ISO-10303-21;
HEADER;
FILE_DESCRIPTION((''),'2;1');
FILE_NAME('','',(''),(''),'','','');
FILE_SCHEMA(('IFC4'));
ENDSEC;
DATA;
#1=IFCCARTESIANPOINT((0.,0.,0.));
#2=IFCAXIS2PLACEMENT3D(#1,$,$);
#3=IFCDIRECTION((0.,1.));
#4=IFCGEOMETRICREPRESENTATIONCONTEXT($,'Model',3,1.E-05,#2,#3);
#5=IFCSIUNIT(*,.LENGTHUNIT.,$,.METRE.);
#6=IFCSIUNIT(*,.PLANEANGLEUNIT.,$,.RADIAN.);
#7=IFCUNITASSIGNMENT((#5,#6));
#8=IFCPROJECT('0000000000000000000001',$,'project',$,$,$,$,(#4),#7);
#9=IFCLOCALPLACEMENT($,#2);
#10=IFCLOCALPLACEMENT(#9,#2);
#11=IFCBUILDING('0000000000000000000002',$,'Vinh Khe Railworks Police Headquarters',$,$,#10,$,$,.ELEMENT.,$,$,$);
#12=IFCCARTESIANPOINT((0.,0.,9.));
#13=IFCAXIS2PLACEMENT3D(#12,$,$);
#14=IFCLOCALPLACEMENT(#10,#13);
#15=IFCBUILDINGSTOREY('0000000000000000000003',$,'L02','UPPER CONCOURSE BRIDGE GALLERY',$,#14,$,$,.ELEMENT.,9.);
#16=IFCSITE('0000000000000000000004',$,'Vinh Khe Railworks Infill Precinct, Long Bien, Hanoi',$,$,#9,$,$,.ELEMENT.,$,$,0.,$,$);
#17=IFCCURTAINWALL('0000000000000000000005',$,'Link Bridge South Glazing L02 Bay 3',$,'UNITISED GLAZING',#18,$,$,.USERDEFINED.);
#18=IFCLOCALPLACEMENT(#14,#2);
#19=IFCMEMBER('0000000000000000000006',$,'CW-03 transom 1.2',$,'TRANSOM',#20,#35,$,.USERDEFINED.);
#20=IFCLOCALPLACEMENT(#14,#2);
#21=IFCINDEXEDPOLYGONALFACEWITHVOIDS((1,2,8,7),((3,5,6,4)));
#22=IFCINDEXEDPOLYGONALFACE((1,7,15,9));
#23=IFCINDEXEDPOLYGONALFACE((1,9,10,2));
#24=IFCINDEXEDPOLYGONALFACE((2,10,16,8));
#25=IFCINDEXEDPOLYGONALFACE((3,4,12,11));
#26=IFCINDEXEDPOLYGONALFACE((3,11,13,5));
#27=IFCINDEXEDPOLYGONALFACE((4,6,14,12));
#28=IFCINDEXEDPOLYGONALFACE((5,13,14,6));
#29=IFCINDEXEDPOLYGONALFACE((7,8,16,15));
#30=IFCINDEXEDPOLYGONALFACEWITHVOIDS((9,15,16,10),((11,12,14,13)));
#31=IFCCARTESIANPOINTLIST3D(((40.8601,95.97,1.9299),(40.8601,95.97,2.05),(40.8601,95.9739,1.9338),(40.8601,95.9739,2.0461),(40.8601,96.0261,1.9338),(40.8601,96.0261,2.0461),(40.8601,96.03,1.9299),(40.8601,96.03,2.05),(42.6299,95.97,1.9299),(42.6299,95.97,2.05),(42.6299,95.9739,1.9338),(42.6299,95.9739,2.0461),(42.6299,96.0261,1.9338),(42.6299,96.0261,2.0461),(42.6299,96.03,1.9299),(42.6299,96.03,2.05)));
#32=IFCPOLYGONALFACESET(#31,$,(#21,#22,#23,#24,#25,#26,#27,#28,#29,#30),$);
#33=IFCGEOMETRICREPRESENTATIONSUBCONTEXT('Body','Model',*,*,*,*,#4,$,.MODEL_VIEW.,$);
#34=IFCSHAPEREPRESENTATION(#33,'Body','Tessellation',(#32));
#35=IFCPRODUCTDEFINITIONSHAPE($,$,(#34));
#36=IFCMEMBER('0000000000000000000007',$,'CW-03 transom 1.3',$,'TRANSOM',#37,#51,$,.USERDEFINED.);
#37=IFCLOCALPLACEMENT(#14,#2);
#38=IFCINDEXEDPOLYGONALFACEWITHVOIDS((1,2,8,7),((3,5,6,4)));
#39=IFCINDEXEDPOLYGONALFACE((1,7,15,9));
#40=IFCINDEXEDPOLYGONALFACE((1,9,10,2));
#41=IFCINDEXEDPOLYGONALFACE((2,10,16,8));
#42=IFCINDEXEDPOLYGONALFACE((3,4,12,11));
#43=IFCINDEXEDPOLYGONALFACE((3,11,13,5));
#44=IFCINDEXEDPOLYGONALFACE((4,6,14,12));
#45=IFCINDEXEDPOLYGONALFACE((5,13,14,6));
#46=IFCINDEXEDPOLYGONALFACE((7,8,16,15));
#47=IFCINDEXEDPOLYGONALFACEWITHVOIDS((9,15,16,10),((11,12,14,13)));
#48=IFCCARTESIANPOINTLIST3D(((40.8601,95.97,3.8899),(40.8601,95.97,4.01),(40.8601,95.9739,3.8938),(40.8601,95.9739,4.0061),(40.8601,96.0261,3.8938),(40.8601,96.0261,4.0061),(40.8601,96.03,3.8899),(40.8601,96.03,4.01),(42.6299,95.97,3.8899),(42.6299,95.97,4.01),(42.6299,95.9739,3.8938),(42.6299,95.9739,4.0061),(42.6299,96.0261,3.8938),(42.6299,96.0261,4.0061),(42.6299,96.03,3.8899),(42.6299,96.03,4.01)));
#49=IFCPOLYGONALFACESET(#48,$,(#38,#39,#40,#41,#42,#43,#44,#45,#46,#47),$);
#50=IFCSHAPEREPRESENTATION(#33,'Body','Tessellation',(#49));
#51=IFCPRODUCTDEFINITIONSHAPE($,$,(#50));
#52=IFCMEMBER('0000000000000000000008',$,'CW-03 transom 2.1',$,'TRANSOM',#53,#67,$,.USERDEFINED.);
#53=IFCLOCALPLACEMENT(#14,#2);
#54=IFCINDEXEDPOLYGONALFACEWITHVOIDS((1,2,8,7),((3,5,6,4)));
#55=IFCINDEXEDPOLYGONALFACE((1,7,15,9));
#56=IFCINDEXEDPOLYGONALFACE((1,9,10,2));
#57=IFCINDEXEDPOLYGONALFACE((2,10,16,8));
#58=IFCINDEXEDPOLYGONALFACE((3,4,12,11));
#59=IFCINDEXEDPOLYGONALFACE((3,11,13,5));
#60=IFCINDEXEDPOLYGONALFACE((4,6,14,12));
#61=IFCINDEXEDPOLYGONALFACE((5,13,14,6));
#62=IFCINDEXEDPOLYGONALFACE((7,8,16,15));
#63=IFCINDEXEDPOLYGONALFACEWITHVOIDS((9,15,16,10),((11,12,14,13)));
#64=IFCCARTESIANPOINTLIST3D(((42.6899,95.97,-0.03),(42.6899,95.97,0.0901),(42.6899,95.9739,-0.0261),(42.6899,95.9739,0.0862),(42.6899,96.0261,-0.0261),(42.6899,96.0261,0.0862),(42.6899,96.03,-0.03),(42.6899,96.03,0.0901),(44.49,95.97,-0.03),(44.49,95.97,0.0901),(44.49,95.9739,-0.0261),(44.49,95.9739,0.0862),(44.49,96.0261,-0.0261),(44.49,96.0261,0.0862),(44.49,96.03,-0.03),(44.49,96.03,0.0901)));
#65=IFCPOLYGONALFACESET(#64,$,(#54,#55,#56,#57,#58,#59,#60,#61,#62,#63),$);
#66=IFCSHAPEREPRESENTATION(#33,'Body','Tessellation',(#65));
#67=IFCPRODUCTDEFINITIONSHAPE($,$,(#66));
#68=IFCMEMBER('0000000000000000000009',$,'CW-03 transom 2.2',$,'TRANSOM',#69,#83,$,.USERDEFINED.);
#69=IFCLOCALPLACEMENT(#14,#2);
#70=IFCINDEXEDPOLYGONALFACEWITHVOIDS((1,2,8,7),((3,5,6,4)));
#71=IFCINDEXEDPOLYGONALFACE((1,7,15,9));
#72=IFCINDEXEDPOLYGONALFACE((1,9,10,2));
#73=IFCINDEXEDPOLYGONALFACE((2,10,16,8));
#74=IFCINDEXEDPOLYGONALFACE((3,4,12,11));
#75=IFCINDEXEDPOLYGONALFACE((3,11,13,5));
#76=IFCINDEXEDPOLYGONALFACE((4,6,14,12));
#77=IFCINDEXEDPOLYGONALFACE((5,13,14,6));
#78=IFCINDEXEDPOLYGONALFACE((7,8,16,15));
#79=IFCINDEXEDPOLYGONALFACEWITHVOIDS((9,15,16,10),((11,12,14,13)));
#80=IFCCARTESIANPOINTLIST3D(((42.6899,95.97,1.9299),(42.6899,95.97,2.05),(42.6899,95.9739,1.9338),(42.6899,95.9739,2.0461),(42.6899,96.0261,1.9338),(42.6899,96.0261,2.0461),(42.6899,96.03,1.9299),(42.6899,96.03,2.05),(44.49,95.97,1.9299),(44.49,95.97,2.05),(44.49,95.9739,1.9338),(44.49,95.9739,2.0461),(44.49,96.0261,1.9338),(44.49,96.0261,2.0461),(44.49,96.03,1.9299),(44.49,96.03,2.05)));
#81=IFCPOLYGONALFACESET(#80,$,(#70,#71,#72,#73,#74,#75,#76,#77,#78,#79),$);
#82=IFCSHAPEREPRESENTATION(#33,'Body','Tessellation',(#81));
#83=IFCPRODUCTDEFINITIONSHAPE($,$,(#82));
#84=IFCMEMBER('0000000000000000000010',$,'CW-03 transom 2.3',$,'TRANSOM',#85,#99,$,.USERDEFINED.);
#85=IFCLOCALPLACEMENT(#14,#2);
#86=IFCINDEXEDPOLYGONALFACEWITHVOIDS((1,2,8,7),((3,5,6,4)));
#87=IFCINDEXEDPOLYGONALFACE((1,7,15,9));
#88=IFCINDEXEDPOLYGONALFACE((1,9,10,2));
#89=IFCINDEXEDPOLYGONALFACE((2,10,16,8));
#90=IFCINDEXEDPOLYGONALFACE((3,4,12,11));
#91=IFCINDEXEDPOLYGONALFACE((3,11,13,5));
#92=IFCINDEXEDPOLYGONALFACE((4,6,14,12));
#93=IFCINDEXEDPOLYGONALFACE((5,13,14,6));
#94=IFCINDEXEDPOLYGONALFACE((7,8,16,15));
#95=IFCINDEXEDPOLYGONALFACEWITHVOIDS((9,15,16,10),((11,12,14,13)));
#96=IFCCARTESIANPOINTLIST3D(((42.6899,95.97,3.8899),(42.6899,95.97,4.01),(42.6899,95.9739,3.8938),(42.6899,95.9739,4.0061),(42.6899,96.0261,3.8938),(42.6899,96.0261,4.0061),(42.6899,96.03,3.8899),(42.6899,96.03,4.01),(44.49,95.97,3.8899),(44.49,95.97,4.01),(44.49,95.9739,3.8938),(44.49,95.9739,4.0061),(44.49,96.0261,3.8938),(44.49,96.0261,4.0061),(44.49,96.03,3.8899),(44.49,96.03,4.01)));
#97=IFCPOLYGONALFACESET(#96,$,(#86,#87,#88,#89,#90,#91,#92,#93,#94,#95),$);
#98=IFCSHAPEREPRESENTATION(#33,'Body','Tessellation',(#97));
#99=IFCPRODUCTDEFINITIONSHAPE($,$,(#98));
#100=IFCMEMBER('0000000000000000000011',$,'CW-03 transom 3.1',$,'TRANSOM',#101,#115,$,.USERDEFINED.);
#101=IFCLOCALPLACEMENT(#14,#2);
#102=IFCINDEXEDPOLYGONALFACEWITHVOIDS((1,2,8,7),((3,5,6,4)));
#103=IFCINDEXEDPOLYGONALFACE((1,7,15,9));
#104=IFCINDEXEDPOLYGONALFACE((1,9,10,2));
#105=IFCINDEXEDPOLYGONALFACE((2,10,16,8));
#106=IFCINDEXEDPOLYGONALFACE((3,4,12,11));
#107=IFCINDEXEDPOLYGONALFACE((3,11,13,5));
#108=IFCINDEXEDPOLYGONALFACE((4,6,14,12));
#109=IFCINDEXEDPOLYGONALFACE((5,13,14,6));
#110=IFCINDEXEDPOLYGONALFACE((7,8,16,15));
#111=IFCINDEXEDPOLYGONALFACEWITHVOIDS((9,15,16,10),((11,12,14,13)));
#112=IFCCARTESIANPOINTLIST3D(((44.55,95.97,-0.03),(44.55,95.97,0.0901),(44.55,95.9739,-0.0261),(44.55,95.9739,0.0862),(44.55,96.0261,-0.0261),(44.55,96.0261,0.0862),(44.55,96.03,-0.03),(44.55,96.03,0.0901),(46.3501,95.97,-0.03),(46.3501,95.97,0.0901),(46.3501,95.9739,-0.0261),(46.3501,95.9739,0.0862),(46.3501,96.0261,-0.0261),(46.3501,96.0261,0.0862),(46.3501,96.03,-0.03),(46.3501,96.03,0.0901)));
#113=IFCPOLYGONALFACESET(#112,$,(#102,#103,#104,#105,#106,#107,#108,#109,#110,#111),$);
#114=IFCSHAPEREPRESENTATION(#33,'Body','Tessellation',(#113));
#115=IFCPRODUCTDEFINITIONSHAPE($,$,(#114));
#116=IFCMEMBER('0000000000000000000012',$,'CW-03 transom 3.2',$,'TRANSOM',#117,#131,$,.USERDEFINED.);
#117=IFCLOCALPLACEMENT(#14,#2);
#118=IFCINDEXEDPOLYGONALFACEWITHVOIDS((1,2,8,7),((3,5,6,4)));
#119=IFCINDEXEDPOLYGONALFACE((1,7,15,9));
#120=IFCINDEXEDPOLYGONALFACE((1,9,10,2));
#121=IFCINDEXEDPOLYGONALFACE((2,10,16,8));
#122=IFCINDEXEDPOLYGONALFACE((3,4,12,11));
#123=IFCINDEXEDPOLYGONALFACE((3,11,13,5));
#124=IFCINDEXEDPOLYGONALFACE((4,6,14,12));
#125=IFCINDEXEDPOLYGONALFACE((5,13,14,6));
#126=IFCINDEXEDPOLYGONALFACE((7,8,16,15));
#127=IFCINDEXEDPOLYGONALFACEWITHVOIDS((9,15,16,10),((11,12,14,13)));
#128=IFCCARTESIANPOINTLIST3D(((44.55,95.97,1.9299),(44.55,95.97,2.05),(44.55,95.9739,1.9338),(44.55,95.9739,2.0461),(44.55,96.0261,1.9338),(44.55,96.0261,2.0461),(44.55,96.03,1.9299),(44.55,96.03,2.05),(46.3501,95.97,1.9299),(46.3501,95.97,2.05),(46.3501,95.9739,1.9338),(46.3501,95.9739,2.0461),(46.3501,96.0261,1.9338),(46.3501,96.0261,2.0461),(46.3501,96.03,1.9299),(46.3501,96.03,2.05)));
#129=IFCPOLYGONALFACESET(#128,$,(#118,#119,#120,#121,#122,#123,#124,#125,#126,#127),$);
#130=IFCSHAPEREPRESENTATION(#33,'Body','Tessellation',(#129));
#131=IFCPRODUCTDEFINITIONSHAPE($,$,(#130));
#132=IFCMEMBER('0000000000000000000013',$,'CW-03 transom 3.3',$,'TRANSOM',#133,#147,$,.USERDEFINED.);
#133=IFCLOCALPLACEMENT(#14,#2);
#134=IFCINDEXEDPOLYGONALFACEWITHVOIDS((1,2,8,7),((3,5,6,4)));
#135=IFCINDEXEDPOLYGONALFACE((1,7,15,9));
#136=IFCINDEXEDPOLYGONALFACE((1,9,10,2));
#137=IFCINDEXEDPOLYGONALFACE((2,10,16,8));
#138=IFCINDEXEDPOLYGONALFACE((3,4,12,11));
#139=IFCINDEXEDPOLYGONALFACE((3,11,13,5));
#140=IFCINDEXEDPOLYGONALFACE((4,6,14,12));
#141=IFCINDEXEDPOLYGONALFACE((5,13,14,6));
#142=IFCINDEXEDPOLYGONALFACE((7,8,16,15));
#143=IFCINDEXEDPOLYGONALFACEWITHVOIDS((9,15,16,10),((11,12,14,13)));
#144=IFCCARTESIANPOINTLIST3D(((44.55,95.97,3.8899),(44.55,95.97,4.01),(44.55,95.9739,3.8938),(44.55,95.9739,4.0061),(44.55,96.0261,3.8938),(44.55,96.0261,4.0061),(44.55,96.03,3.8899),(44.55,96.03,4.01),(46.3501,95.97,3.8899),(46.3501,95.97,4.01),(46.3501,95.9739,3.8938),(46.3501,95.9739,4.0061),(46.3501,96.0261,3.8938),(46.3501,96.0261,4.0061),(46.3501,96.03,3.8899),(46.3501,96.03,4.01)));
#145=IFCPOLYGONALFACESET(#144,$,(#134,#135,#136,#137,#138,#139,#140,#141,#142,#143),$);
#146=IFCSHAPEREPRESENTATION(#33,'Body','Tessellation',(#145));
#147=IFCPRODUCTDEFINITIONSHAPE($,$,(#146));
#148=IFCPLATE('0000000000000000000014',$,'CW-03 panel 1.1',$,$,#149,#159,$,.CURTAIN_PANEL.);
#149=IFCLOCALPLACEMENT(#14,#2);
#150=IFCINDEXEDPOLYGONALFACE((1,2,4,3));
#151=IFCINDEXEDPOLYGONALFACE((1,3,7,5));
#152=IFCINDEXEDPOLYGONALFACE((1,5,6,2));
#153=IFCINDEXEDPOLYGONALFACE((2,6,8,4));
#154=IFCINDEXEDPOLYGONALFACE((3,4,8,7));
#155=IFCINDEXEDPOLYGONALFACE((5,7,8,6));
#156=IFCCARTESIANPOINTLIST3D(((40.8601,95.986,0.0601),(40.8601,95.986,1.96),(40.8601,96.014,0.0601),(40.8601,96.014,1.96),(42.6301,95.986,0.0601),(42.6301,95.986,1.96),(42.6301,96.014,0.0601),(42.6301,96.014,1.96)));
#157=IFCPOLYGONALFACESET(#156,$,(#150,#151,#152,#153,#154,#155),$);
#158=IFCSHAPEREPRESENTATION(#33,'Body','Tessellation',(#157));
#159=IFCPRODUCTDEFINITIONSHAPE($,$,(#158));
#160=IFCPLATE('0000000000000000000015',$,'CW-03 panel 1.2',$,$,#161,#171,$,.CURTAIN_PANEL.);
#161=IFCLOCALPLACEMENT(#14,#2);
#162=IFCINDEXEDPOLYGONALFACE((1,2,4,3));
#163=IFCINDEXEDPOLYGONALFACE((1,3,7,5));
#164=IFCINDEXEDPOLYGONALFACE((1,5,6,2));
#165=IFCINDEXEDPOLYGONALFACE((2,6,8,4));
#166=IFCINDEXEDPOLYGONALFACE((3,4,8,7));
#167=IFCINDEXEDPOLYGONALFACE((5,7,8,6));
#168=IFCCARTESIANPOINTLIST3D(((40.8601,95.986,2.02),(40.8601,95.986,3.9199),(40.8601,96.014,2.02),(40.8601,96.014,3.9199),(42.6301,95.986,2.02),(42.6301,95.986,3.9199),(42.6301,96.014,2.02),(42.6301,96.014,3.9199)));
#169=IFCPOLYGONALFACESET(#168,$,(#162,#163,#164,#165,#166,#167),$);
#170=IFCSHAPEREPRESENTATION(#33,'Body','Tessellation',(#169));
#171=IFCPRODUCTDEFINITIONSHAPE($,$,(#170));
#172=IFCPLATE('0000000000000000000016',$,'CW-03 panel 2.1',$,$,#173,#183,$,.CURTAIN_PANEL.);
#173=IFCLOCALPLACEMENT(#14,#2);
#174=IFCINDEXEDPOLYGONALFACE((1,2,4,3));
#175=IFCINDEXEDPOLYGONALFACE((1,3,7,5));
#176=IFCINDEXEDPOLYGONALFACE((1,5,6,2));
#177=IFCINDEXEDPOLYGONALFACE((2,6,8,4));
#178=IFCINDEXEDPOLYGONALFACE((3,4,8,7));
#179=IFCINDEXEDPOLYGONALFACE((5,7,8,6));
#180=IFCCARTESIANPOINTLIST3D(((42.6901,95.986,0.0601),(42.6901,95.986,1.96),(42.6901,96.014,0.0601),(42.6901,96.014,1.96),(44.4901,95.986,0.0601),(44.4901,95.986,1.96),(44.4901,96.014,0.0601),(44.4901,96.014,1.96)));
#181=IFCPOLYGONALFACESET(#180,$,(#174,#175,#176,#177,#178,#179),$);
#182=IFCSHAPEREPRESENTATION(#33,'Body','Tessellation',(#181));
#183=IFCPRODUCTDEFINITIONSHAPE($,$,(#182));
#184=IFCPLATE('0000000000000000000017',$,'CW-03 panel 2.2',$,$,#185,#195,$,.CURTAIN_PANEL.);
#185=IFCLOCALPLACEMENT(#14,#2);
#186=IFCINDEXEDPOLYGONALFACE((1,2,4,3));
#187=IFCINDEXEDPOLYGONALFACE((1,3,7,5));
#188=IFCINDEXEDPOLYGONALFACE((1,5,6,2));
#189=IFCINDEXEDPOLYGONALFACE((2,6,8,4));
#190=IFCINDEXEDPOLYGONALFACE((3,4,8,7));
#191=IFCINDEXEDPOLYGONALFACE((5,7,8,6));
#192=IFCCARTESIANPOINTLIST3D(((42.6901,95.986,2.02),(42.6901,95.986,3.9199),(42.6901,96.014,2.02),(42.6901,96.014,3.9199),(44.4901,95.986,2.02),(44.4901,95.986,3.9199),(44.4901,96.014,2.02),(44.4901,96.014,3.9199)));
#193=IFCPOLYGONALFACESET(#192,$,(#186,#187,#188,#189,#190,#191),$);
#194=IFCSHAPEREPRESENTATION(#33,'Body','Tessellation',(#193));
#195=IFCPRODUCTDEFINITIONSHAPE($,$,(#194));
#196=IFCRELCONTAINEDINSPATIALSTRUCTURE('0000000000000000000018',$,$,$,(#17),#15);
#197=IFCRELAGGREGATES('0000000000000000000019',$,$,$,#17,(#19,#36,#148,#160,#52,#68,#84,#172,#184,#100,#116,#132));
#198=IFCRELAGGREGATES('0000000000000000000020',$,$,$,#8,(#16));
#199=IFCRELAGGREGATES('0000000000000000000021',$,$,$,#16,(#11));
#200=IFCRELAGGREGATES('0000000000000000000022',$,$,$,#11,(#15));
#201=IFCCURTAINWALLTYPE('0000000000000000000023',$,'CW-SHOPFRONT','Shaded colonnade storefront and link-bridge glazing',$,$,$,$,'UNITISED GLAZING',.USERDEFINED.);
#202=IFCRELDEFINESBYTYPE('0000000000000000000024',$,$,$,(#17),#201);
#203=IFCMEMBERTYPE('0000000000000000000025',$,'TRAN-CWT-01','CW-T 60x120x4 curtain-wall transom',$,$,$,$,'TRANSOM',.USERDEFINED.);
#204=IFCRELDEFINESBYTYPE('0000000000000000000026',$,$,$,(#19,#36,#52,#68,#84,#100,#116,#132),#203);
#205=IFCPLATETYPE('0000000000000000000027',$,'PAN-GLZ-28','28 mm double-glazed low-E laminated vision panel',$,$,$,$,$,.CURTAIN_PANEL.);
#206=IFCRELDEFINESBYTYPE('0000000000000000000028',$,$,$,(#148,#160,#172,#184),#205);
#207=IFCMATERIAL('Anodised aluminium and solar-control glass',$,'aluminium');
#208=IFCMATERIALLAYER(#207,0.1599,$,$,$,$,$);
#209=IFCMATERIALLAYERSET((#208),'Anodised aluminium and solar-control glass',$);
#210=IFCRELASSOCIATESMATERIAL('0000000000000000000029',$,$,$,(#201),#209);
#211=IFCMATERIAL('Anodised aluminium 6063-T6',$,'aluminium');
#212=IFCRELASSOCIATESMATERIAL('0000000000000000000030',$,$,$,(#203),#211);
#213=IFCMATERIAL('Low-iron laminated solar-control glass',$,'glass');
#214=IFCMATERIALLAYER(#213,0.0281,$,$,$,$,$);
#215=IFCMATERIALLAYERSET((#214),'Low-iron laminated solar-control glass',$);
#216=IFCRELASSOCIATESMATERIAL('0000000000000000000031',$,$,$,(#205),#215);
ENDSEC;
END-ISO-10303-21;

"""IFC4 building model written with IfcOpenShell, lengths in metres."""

from ifc_helpers import new_model, si_unit, direction, frame, origin, origin_2d, place, context, subcontext, project, spatial, rectangle, hollow_rectangle, extrude, material, layer, layer_set, material_profile, profile_set, type_object, element, aggregate, save


model = new_model("IFC4")

# Units and contexts
model_context = context("Model", 3, precision=1e-05, world=origin(), true_north=direction((0.0, 1.0)))
body_context = subcontext(model_context, "Body", "Model", "MODEL_VIEW")
ifc_project = project(units=[si_unit("LENGTHUNIT", "METRE"), si_unit("PLANEANGLEUNIT", "RADIAN")], contexts=[model_context])

# Site, building, storey
site_placement = place(None, origin())
site = spatial("IfcSite", under=ifc_project, at=site_placement, Name="Vinh Khe Railworks Infill Precinct, Long Bien, Hanoi", CompositionType="ELEMENT", RefElevation=0.0)
building_placement = place(site_placement, origin())
building = spatial("IfcBuilding", under=site, at=building_placement, Name="Vinh Khe Railworks Police Headquarters", CompositionType="ELEMENT")
storey_placement = place(building_placement, frame((0.0, 0.0, 9.0)))
storey = spatial("IfcBuildingStorey", under=building, at=storey_placement, Name="L02", Description="UPPER CONCOURSE BRIDGE GALLERY", CompositionType="ELEMENT", Elevation=9.0)

# Shared definitions
ifc_material_1 = material(Name="Anodised aluminium and solar-control glass", Category="aluminium")
ifc_layer_1 = layer(ifc_material_1, 0.1599)
ifc_layer_set_1 = layer_set([ifc_layer_1], Name="Anodised aluminium and solar-control glass")
curtain_wall_type = type_object("IfcCurtainWallType", Name="CW-SHOPFRONT", Description="Shaded colonnade storefront and link-bridge glazing", ElementType="UNITISED GLAZING", PredefinedType="USERDEFINED", material=ifc_layer_set_1)
ifc_material_2 = material(Name="Anodised aluminium 6063-T6", Category="aluminium")

# Curtain wall
curtain_wall_1_placement = place(storey_placement, origin())
curtain_wall_1 = element("IfcCurtainWall", 1, at=curtain_wall_1_placement, inside=storey, type_object=curtain_wall_type, Name="Link Bridge South Glazing L02 Bay 3", ObjectType="UNITISED GLAZING", PredefinedType="USERDEFINED")

# Members
ifc_material_profile_1 = material_profile(ifc_material_2, hollow_rectangle(XDim=0.0601, YDim=0.1201, WallThickness=0.0039, at=origin_2d()), Name="CW-T 60x120x4")
ifc_profile_set_1 = profile_set([ifc_material_profile_1], Name="Anodised aluminium 6063-T6")
member_type_1 = type_object("IfcMemberType", Name="TRAN-CWT-01", Description="CW-T 60x120x4 curtain-wall transom", ElementType="TRANSOM", PredefinedType="USERDEFINED", material=ifc_profile_set_1)
member_1_placement = place(storey_placement, frame((40.8601, 96.0, 1.99), z_axis=(1.0, 0.0, 0.0), x_axis=(0.0, 1.0, 0.0)))
member_1 = element("IfcMember", 2, at=member_1_placement, type_object=member_type_1, Name="CW-03 transom 1.2", ObjectType="TRANSOM", PredefinedType="USERDEFINED", context=body_context, shape_type="SweptSolid", body=[
    extrude(hollow_rectangle(XDim=0.0601, YDim=0.1201, WallThickness=0.0039, at=origin_2d()), origin(), (0.0, 0.0, 1.0), 1.7698),
])
member_2_placement = place(storey_placement, frame((40.8601, 96.0, 3.95), z_axis=(1.0, 0.0, 0.0), x_axis=(0.0, 1.0, 0.0)))
member_2 = element("IfcMember", 3, at=member_2_placement, type_object=member_type_1, Name="CW-03 transom 1.3", ObjectType="TRANSOM", PredefinedType="USERDEFINED", context=body_context, shape_type="SweptSolid", body=[
    extrude(hollow_rectangle(XDim=0.0601, YDim=0.1201, WallThickness=0.0039, at=origin_2d()), origin(), (0.0, 0.0, 1.0), 1.7698),
])
member_3_placement = place(storey_placement, frame((42.6899, 96.0, 0.03), z_axis=(1.0, 0.0, 0.0), x_axis=(0.0, 1.0, 0.0)))
member_3 = element("IfcMember", 4, at=member_3_placement, type_object=member_type_1, Name="CW-03 transom 2.1", ObjectType="TRANSOM", PredefinedType="USERDEFINED", context=body_context, shape_type="SweptSolid", body=[
    extrude(hollow_rectangle(XDim=0.0601, YDim=0.1201, WallThickness=0.0039, at=origin_2d()), origin(), (0.0, 0.0, 1.0), 1.8),
])
member_4_placement = place(storey_placement, frame((42.6899, 96.0, 1.99), z_axis=(1.0, 0.0, 0.0), x_axis=(0.0, 1.0, 0.0)))
member_4 = element("IfcMember", 5, at=member_4_placement, type_object=member_type_1, Name="CW-03 transom 2.2", ObjectType="TRANSOM", PredefinedType="USERDEFINED", context=body_context, shape_type="SweptSolid", body=[
    extrude(hollow_rectangle(XDim=0.0601, YDim=0.1201, WallThickness=0.0039, at=origin_2d()), origin(), (0.0, 0.0, 1.0), 1.8),
])
member_5_placement = place(storey_placement, frame((42.6899, 96.0, 3.95), z_axis=(1.0, 0.0, 0.0), x_axis=(0.0, 1.0, 0.0)))
member_5 = element("IfcMember", 6, at=member_5_placement, type_object=member_type_1, Name="CW-03 transom 2.3", ObjectType="TRANSOM", PredefinedType="USERDEFINED", context=body_context, shape_type="SweptSolid", body=[
    extrude(hollow_rectangle(XDim=0.0601, YDim=0.1201, WallThickness=0.0039, at=origin_2d()), origin(), (0.0, 0.0, 1.0), 1.8),
])
member_6_placement = place(storey_placement, frame((44.55, 96.0, 0.03), z_axis=(1.0, 0.0, 0.0), x_axis=(0.0, 1.0, 0.0)))
member_6 = element("IfcMember", 7, at=member_6_placement, type_object=member_type_1, Name="CW-03 transom 3.1", ObjectType="TRANSOM", PredefinedType="USERDEFINED", context=body_context, shape_type="SweptSolid", body=[
    extrude(hollow_rectangle(XDim=0.0601, YDim=0.1201, WallThickness=0.0039, at=origin_2d()), origin(), (0.0, 0.0, 1.0), 1.8),
])
member_7_placement = place(storey_placement, frame((44.55, 96.0, 1.99), z_axis=(1.0, 0.0, 0.0), x_axis=(0.0, 1.0, 0.0)))
member_7 = element("IfcMember", 8, at=member_7_placement, type_object=member_type_1, Name="CW-03 transom 3.2", ObjectType="TRANSOM", PredefinedType="USERDEFINED", context=body_context, shape_type="SweptSolid", body=[
    extrude(hollow_rectangle(XDim=0.0601, YDim=0.1201, WallThickness=0.0039, at=origin_2d()), origin(), (0.0, 0.0, 1.0), 1.8),
])
member_8_placement = place(storey_placement, frame((44.55, 96.0, 3.95), z_axis=(1.0, 0.0, 0.0), x_axis=(0.0, 1.0, 0.0)))
member_8 = element("IfcMember", 9, at=member_8_placement, type_object=member_type_1, Name="CW-03 transom 3.3", ObjectType="TRANSOM", PredefinedType="USERDEFINED", context=body_context, shape_type="SweptSolid", body=[
    extrude(hollow_rectangle(XDim=0.0601, YDim=0.1201, WallThickness=0.0039, at=origin_2d()), origin(), (0.0, 0.0, 1.0), 1.8),
])

# Plates
ifc_material_3 = material(Name="Low-iron laminated solar-control glass", Category="glass")
ifc_layer_2 = layer(ifc_material_3, 0.0281)
ifc_layer_set_2 = layer_set([ifc_layer_2], Name="Low-iron laminated solar-control glass")
plate_type = type_object("IfcPlateType", Name="PAN-GLZ-28", Description="28 mm double-glazed low-E laminated vision panel", PredefinedType="CURTAIN_PANEL", material=ifc_layer_set_2)
plate_1_placement = place(storey_placement, frame((41.7451, 96.0, 0.0601), z_axis=(0.0, 0.0, 1.0), x_axis=(1.0, 0.0, 0.0)))
plate_1 = element("IfcPlate", 10, at=plate_1_placement, type_object=plate_type, Name="CW-03 panel 1.1", PredefinedType="CURTAIN_PANEL", context=body_context, shape_type="SweptSolid", body=[
    extrude(rectangle(XDim=1.77, YDim=0.0281, at=origin_2d()), origin(), (0.0, 0.0, 1.0), 1.8999),
])
plate_2_placement = place(storey_placement, frame((41.7451, 96.0, 2.02), z_axis=(0.0, 0.0, 1.0), x_axis=(1.0, 0.0, 0.0)))
plate_2 = element("IfcPlate", 11, at=plate_2_placement, type_object=plate_type, Name="CW-03 panel 1.2", PredefinedType="CURTAIN_PANEL", context=body_context, shape_type="SweptSolid", body=[
    extrude(rectangle(XDim=1.77, YDim=0.0281, at=origin_2d()), origin(), (0.0, 0.0, 1.0), 1.8999),
])
plate_3_placement = place(storey_placement, frame((43.5901, 96.0, 0.0601), z_axis=(0.0, 0.0, 1.0), x_axis=(1.0, 0.0, 0.0)))
plate_3 = element("IfcPlate", 12, at=plate_3_placement, type_object=plate_type, Name="CW-03 panel 2.1", PredefinedType="CURTAIN_PANEL", context=body_context, shape_type="SweptSolid", body=[
    extrude(rectangle(XDim=1.8, YDim=0.0281, at=origin_2d()), origin(), (0.0, 0.0, 1.0), 1.8999),
])
plate_4_placement = place(storey_placement, frame((43.5901, 96.0, 2.02), z_axis=(0.0, 0.0, 1.0), x_axis=(1.0, 0.0, 0.0)))
plate_4 = element("IfcPlate", 13, at=plate_4_placement, type_object=plate_type, Name="CW-03 panel 2.2", PredefinedType="CURTAIN_PANEL", context=body_context, shape_type="SweptSolid", body=[
    extrude(rectangle(XDim=1.8, YDim=0.0281, at=origin_2d()), origin(), (0.0, 0.0, 1.0), 1.8999),
])
aggregate(curtain_wall_1, [member_1, member_2, plate_1, plate_2, member_3, member_4, member_5, plate_3, plate_4, member_6, member_7, member_8])

save(model, "model.ifc")
